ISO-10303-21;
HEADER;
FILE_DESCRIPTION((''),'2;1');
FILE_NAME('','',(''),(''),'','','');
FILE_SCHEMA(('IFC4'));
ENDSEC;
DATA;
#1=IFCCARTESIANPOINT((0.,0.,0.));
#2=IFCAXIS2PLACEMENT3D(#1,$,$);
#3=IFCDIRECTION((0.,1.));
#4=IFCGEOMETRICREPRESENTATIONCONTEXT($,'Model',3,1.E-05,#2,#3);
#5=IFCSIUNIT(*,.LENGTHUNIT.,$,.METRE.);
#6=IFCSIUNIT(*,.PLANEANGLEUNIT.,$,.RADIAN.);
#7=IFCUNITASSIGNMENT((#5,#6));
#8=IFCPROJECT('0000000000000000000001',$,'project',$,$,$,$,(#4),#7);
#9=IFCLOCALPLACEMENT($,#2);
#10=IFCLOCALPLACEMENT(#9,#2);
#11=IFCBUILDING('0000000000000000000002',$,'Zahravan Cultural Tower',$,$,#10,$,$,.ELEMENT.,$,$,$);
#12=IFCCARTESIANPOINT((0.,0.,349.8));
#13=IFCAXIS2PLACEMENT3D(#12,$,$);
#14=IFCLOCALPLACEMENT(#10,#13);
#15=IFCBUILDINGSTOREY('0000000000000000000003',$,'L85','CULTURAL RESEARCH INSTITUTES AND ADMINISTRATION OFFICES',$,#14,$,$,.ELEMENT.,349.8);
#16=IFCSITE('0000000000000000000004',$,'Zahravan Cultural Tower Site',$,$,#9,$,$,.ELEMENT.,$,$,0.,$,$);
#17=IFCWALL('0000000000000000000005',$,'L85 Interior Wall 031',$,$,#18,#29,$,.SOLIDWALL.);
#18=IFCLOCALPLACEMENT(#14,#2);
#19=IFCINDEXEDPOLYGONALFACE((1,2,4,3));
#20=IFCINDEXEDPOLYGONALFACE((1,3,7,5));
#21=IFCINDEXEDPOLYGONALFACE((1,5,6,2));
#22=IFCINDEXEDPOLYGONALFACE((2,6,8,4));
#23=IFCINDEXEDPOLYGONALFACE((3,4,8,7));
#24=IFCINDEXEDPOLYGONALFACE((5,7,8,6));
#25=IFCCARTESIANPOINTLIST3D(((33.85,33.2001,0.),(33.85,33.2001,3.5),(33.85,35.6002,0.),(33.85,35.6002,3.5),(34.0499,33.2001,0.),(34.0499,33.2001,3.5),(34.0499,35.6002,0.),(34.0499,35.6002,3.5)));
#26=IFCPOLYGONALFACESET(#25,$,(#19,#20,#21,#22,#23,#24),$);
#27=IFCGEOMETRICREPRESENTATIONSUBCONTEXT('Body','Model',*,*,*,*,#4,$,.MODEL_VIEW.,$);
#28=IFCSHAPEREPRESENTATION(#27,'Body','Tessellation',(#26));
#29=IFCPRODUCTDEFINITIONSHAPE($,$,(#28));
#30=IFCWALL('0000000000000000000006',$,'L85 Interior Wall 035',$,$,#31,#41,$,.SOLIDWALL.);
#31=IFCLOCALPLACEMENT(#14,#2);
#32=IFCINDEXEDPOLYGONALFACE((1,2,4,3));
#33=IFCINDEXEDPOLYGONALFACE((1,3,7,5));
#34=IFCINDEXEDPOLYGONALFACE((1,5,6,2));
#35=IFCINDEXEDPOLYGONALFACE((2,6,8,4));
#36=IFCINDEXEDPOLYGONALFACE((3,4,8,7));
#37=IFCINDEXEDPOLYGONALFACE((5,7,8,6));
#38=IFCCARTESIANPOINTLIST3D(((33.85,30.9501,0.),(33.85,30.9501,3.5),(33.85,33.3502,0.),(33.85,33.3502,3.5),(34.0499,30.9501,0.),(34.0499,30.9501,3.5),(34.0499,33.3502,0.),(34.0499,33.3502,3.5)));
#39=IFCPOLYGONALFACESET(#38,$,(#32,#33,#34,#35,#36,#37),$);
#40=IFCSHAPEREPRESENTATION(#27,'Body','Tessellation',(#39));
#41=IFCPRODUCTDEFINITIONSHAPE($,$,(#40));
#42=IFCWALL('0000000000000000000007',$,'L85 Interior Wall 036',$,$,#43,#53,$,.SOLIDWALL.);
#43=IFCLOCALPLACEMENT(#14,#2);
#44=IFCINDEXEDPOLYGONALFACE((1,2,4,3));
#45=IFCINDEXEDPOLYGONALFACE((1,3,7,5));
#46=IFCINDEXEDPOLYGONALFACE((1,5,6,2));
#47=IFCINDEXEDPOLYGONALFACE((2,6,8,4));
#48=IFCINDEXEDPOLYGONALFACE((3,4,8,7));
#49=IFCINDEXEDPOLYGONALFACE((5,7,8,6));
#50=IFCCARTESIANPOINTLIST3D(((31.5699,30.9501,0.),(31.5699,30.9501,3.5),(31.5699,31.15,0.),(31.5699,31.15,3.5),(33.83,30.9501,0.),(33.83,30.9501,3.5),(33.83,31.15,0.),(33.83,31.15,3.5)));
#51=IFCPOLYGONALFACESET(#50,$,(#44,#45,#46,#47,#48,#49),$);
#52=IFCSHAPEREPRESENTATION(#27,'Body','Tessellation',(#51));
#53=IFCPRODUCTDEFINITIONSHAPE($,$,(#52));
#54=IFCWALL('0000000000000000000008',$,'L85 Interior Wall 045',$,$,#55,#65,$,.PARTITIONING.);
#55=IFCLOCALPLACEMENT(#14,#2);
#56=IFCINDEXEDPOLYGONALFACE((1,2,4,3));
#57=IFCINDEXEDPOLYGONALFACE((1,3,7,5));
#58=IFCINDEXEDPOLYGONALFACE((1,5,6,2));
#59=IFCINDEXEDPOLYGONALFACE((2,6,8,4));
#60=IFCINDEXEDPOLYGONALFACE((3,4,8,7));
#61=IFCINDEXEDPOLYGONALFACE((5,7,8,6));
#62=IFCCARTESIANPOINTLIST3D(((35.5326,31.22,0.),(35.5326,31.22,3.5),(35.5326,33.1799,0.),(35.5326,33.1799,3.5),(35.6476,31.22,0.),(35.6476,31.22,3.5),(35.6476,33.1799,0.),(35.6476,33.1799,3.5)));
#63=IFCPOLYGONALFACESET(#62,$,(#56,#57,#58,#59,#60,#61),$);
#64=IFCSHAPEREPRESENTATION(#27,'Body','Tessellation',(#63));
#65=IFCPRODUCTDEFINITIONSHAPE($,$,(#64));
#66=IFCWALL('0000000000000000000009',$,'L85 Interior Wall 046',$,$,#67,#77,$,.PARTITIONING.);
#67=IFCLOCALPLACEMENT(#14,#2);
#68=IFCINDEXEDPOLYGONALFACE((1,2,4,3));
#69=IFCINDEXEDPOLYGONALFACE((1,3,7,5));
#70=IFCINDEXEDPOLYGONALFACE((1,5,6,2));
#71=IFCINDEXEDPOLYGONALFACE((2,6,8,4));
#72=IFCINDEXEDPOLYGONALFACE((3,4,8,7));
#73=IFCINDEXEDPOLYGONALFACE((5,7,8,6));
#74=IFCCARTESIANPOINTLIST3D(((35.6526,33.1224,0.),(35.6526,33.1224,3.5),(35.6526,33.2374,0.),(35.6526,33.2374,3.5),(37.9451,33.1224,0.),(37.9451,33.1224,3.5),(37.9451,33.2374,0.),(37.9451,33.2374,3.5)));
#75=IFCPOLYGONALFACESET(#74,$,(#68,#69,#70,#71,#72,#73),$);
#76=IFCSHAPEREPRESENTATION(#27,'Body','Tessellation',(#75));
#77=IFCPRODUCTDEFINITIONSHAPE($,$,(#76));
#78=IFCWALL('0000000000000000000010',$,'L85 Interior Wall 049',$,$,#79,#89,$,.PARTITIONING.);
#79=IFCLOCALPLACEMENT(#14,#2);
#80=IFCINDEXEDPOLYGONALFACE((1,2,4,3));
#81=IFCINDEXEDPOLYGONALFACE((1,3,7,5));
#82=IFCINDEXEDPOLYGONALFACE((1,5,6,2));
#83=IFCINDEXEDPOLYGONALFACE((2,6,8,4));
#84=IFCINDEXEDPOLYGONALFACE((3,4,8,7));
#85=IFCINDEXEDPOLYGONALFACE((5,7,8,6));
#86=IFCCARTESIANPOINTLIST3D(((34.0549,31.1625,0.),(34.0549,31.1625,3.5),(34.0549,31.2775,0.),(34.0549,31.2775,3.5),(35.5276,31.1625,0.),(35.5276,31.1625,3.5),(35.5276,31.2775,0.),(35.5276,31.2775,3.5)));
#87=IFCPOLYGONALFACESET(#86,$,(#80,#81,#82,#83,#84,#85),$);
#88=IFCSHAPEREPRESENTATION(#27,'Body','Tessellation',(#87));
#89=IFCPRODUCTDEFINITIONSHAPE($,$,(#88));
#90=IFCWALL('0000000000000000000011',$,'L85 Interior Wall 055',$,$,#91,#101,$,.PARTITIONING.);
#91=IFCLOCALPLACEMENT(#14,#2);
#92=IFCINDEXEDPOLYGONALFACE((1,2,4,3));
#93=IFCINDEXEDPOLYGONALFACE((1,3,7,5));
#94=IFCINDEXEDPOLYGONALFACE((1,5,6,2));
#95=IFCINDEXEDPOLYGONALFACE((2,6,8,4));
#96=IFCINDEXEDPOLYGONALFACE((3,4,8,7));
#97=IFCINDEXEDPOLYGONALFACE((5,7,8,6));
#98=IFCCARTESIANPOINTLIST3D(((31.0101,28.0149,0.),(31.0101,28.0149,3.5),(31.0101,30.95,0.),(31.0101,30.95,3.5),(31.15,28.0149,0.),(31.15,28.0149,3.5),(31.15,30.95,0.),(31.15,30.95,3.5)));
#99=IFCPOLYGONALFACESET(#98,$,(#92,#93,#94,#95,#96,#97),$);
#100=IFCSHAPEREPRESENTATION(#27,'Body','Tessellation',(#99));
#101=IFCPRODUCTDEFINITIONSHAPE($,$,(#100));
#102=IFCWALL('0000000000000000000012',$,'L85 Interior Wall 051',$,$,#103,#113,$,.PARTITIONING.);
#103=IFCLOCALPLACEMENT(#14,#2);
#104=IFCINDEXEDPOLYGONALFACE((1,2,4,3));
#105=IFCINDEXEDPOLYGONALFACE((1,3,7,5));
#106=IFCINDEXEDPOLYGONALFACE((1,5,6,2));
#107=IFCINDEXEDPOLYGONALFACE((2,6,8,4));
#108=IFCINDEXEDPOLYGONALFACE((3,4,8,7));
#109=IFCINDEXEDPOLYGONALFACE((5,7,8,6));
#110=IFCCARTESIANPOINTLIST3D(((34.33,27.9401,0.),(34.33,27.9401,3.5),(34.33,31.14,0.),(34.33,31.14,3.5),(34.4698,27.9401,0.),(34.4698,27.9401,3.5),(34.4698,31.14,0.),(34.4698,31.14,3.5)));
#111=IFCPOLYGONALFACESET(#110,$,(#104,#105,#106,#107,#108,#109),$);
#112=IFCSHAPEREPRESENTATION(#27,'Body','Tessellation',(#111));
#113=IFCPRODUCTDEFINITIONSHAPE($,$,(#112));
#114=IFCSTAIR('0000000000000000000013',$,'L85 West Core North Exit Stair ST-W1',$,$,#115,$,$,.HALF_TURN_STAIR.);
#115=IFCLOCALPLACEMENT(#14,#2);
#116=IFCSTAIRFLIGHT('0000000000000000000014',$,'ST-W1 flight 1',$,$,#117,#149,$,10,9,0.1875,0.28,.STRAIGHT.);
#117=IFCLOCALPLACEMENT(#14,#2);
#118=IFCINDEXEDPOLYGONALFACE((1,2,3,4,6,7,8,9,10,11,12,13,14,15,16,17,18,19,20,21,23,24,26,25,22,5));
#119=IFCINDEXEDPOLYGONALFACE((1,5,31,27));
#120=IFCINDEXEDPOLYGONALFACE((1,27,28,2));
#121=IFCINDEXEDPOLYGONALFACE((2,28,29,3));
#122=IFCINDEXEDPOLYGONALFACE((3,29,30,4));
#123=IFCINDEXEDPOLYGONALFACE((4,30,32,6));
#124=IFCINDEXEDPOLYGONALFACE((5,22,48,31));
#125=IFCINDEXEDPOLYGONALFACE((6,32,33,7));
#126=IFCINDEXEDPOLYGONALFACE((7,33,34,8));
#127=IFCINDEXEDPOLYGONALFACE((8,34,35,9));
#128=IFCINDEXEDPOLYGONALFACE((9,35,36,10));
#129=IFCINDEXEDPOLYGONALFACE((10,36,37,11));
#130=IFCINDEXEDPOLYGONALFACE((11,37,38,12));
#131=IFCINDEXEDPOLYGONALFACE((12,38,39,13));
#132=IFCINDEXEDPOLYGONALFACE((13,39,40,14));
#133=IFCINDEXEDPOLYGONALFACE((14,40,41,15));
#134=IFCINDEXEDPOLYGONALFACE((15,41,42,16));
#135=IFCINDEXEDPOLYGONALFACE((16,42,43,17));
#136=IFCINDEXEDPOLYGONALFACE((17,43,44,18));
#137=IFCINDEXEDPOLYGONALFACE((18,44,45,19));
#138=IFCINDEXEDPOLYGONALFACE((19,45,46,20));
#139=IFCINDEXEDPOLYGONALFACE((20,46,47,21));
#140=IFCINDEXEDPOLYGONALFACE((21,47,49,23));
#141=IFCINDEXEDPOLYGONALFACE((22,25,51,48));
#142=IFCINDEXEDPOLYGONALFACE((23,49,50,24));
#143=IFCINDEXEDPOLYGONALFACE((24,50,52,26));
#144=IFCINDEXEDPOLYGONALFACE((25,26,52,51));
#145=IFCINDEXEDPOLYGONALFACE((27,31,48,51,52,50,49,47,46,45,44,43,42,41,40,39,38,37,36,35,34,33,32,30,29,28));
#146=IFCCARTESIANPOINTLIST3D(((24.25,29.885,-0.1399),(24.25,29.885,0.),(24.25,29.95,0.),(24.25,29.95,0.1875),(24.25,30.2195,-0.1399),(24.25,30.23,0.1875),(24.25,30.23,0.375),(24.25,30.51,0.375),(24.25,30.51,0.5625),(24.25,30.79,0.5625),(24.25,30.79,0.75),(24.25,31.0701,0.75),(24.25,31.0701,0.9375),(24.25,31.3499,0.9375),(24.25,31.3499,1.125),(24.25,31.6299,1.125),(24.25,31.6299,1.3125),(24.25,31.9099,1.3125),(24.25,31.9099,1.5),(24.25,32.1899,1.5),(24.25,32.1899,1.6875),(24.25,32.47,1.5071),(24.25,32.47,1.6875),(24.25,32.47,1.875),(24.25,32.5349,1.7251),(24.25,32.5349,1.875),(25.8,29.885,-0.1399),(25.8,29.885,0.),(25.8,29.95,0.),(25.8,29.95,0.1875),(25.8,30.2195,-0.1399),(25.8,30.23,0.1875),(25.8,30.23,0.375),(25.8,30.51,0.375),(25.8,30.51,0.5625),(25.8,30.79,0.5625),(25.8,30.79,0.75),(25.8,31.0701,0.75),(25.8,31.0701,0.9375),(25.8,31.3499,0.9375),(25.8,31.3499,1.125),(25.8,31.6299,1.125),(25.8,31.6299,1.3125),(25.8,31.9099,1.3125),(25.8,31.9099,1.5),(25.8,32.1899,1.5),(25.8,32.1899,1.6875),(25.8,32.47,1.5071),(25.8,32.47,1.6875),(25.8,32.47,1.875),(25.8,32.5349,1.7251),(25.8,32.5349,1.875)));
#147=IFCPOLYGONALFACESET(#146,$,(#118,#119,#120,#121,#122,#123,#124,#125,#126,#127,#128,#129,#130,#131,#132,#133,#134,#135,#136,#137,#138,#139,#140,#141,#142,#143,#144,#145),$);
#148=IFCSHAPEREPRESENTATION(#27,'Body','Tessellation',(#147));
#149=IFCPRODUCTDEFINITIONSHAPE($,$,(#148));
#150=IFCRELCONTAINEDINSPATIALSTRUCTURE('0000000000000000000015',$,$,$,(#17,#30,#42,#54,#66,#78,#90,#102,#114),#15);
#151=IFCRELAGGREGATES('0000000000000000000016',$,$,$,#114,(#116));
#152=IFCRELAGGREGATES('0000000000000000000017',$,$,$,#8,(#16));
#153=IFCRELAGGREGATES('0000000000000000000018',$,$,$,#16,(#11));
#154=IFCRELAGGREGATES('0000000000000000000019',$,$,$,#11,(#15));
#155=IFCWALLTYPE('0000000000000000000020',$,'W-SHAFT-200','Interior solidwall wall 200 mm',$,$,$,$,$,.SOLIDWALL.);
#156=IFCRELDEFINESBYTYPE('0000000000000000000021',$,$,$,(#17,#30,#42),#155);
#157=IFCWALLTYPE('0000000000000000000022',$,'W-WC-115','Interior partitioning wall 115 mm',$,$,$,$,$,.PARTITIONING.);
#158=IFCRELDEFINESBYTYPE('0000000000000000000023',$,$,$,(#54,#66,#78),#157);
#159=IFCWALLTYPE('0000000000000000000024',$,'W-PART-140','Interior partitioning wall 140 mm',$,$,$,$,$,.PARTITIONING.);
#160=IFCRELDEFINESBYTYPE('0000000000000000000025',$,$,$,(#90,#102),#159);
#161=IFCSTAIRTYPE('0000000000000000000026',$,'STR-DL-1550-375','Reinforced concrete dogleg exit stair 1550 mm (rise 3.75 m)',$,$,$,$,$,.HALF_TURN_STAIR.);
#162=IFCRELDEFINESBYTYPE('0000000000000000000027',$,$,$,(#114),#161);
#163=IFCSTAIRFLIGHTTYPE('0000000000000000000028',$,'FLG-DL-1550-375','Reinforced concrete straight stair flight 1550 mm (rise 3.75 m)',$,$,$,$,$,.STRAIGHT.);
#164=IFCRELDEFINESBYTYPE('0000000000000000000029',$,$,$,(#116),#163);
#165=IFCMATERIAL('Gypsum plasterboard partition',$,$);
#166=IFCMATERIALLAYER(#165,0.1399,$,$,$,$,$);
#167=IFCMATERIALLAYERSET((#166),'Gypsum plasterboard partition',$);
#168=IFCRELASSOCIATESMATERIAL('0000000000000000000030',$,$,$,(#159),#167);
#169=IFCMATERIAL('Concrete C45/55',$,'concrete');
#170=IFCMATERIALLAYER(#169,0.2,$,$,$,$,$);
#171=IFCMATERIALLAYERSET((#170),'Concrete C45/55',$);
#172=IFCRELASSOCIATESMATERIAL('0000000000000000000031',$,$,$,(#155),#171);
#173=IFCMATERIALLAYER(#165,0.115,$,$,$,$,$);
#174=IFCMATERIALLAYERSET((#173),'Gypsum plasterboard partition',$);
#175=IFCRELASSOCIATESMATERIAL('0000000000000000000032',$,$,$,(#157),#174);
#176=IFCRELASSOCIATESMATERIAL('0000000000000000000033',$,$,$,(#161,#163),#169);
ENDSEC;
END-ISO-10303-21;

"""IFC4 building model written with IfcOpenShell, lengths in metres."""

from ifc_helpers import new_model, si_unit, direction, frame, frame_2d, origin, place, context, subcontext, project, spatial, polyline, rectangle, outline, extrude, source, transform, mapped, material, layer, layer_set, type_object, element, aggregate, save


model = new_model("IFC4")

# Units and contexts
model_context = context("Model", 3, precision=1e-05, world=origin(), true_north=direction((0.0, 1.0)))
body_context = subcontext(model_context, "Body", "Model", "MODEL_VIEW")
ifc_project = project(units=[si_unit("LENGTHUNIT", "METRE"), si_unit("PLANEANGLEUNIT", "RADIAN")], contexts=[model_context])

# Site, building, storey
site_placement = place(None, origin())
site = spatial("IfcSite", under=ifc_project, at=site_placement, Name="Zahravan Cultural Tower Site", CompositionType="ELEMENT", RefElevation=0.0)
building_placement = place(site_placement, origin())
building = spatial("IfcBuilding", under=site, at=building_placement, Name="Zahravan Cultural Tower", CompositionType="ELEMENT")
storey_placement = place(building_placement, frame((0.0, 0.0, 349.8)))
storey = spatial("IfcBuildingStorey", under=building, at=storey_placement, Name="L85", Description="CULTURAL RESEARCH INSTITUTES AND ADMINISTRATION OFFICES", CompositionType="ELEMENT", Elevation=349.8)

# Shared definitions
ifc_material_1 = material(Name="Gypsum plasterboard partition")
ifc_layer_1 = layer(ifc_material_1, 0.1399)
ifc_layer_set_1 = layer_set([ifc_layer_1], Name="Gypsum plasterboard partition")
wall_type_1 = type_object("IfcWallType", Name="W-PART-140", Description="Interior partitioning wall 140 mm", PredefinedType="PARTITIONING", material=ifc_layer_set_1)
ifc_material_2 = material(Name="Concrete C45/55", Category="concrete")
ifc_layer_2 = layer(ifc_material_2, 0.2)
ifc_layer_set_2 = layer_set([ifc_layer_2], Name="Concrete C45/55")
wall_type_2 = type_object("IfcWallType", Name="W-SHAFT-200", Description="Interior solidwall wall 200 mm", PredefinedType="SOLIDWALL", material=ifc_layer_set_2)

# Walls
shared_shape_1 = source(origin(), body_context, "Body", "SweptSolid", [
    extrude(rectangle(XDim=2.4001, YDim=0.2, at=frame_2d((1.2002, 0.0))), origin(), (0.0, 0.0, 1.0), 3.5),
])
for number, where, z_axis, x_axis, name in (
    (1, (33.95, 33.2, 0.0), (0.0, 0.0, 1.0), (0.0, 1.0, 0.0), "L85 Interior Wall 031"),
    (2, (33.95, 30.95, 0.0), (0.0, 0.0, 1.0), (0.0, 1.0, 0.0), "L85 Interior Wall 035"),
):
    element("IfcWall", number, at=place(storey_placement, frame(where, z_axis=z_axis, x_axis=x_axis)), inside=storey, type_object=wall_type_2, Name=name, PredefinedType="SOLIDWALL", context=body_context, shape_type="MappedRepresentation", body=[
        mapped(shared_shape_1, transform((0.0, 0.0, 0.0), x_axis=(1.0, 0.0, 0.0), y_axis=(0.0, 1.0, 0.0), z_axis=(0.0, 0.0, 1.0), scale=1.0)),
    ])
shared_shape_2 = source(origin(), body_context, "Body", "SweptSolid", [
    extrude(rectangle(XDim=2.26, YDim=0.2, at=frame_2d((1.1299, 0.0))), origin(), (0.0, 0.0, 1.0), 3.5),
])
wall_1_placement = place(storey_placement, frame((31.5701, 31.05, 0.0), z_axis=(0.0, 0.0, 1.0), x_axis=(1.0, 0.0, 0.0)))
element("IfcWall", 3, at=wall_1_placement, inside=storey, type_object=wall_type_2, Name="L85 Interior Wall 036", PredefinedType="SOLIDWALL", context=body_context, shape_type="MappedRepresentation", body=[
    mapped(shared_shape_2, transform((0.0, 0.0, 0.0), x_axis=(1.0, 0.0, 0.0), y_axis=(0.0, 1.0, 0.0), z_axis=(0.0, 0.0, 1.0), scale=1.0)),
])
ifc_layer_3 = layer(ifc_material_1, 0.115)
ifc_layer_set_3 = layer_set([ifc_layer_3], Name="Gypsum plasterboard partition")
wall_type_3 = type_object("IfcWallType", Name="W-WC-115", Description="Interior partitioning wall 115 mm", PredefinedType="PARTITIONING", material=ifc_layer_set_3)
shared_shape_3 = source(origin(), body_context, "Body", "SweptSolid", [
    extrude(rectangle(XDim=1.96, YDim=0.115, at=frame_2d((0.98, 0.0))), origin(), (0.0, 0.0, 1.0), 3.5),
])
wall_2_placement = place(storey_placement, frame((35.5901, 31.22, 0.0), z_axis=(0.0, 0.0, 1.0), x_axis=(0.0, 1.0, 0.0)))
element("IfcWall", 4, at=wall_2_placement, inside=storey, type_object=wall_type_3, Name="L85 Interior Wall 045", PredefinedType="PARTITIONING", context=body_context, shape_type="MappedRepresentation", body=[
    mapped(shared_shape_3, transform((0.0, 0.0, 0.0), x_axis=(1.0, 0.0, 0.0), y_axis=(0.0, 1.0, 0.0), z_axis=(0.0, 0.0, 1.0), scale=1.0)),
])
shared_shape_4 = source(origin(), body_context, "Body", "SweptSolid", [
    extrude(rectangle(XDim=2.2925, YDim=0.115, at=frame_2d((1.1462, 0.0))), origin(), (0.0, 0.0, 1.0), 3.5),
])
wall_3_placement = place(storey_placement, frame((35.6526, 33.1799, 0.0), z_axis=(0.0, 0.0, 1.0), x_axis=(1.0, 0.0, 0.0)))
element("IfcWall", 5, at=wall_3_placement, inside=storey, type_object=wall_type_3, Name="L85 Interior Wall 046", PredefinedType="PARTITIONING", context=body_context, shape_type="MappedRepresentation", body=[
    mapped(shared_shape_4, transform((0.0, 0.0, 0.0), x_axis=(1.0, 0.0, 0.0), y_axis=(0.0, 1.0, 0.0), z_axis=(0.0, 0.0, 1.0), scale=1.0)),
])
shared_shape_5 = source(origin(), body_context, "Body", "SweptSolid", [
    extrude(rectangle(XDim=1.4727, YDim=0.115, at=frame_2d((0.7363, 0.0))), origin(), (0.0, 0.0, 1.0), 3.5),
])
wall_4_placement = place(storey_placement, frame((35.5276, 31.22, 0.0), z_axis=(0.0, 0.0, 1.0), x_axis=(-1.0, 0.0, 0.0)))
element("IfcWall", 6, at=wall_4_placement, inside=storey, type_object=wall_type_3, Name="L85 Interior Wall 049", PredefinedType="PARTITIONING", context=body_context, shape_type="MappedRepresentation", body=[
    mapped(shared_shape_5, transform((0.0, 0.0, 0.0), x_axis=(1.0, 0.0, 0.0), y_axis=(0.0, 1.0, 0.0), z_axis=(0.0, 0.0, 1.0), scale=1.0)),
])
shared_shape_6 = source(origin(), body_context, "Body", "SweptSolid", [
    extrude(rectangle(XDim=2.9351, YDim=0.1399, at=frame_2d((1.4675, 0.0))), origin(), (0.0, 0.0, 1.0), 3.5),
])
wall_5_placement = place(storey_placement, frame((31.0801, 28.0149, 0.0), z_axis=(0.0, 0.0, 1.0), x_axis=(0.0, 1.0, 0.0)))
element("IfcWall", 7, at=wall_5_placement, inside=storey, type_object=wall_type_1, Name="L85 Interior Wall 055", PredefinedType="PARTITIONING", context=body_context, shape_type="MappedRepresentation", body=[
    mapped(shared_shape_6, transform((0.0, 0.0, 0.0), x_axis=(1.0, 0.0, 0.0), y_axis=(0.0, 1.0, 0.0), z_axis=(0.0, 0.0, 1.0), scale=1.0)),
])
shared_shape_7 = source(origin(), body_context, "Body", "SweptSolid", [
    extrude(rectangle(XDim=3.2, YDim=0.1399, at=frame_2d((1.6001, 0.0))), origin(), (0.0, 0.0, 1.0), 3.5),
])
wall_6_placement = place(storey_placement, frame((34.3999, 27.9399, 0.0), z_axis=(0.0, 0.0, 1.0), x_axis=(0.0, 1.0, 0.0)))
element("IfcWall", 8, at=wall_6_placement, inside=storey, type_object=wall_type_1, Name="L85 Interior Wall 051", PredefinedType="PARTITIONING", context=body_context, shape_type="MappedRepresentation", body=[
    mapped(shared_shape_7, transform((0.0, 0.0, 0.0), x_axis=(1.0, 0.0, 0.0), y_axis=(0.0, 1.0, 0.0), z_axis=(0.0, 0.0, 1.0), scale=1.0)),
])

# Stair, stair flight
stair_type = type_object("IfcStairType", Name="STR-DL-1550-375", Description="Reinforced concrete dogleg exit stair 1550 mm (rise 3.75 m)", PredefinedType="HALF_TURN_STAIR", material=ifc_material_2)
stair_placement = place(storey_placement, origin())
stair = element("IfcStair", 9, at=stair_placement, inside=storey, type_object=stair_type, Name="L85 West Core North Exit Stair ST-W1", PredefinedType="HALF_TURN_STAIR")
stair_flight_type = type_object("IfcStairFlightType", Name="FLG-DL-1550-375", Description="Reinforced concrete straight stair flight 1550 mm (rise 3.75 m)", PredefinedType="STRAIGHT", material=ifc_material_2)
stair_flight_placement = place(storey_placement, frame((25.0249, 29.95, 0.0), z_axis=(0.0, 0.0, 1.0), x_axis=(0.0, 1.0, 0.0)))
stair_flight = element("IfcStairFlight", 10, at=stair_flight_placement, type_object=stair_flight_type, Name="ST-W1 flight 1", NumberOfRisers=10, NumberOfTreads=9, PredefinedType="STRAIGHT", RiserHeight=0.1875, TreadLength=0.28, context=body_context, shape_type="SweptSolid", body=[
    extrude(outline(polyline([(-0.0649, -0.1399), (-0.0649, 0.0), (0.0, 0.0), (0.0, 0.1875), (0.28, 0.1875), (0.28, 0.375), (0.5601, 0.375), (0.5601, 0.5625), (0.8401, 0.5625), (0.8401, 0.75), (1.1201, 0.75), (1.1201, 0.9375), (1.3999, 0.9375), (1.3999, 1.125), (1.6799, 1.125), (1.6799, 1.3125), (1.96, 1.3125), (1.96, 1.5), (2.24, 1.5), (2.24, 1.6875), (2.52, 1.6875), (2.52, 1.875), (2.585, 1.875), (2.585, 1.7251), (2.52, 1.5071), (0.2695, -0.1399), (-0.0649, -0.1399)])), frame((0.0, 0.7749, 0.0), z_axis=(0.0, -1.0, 0.0), x_axis=(1.0, 0.0, 0.0)), (0.0, 0.0, 1.0), 1.55),
])
aggregate(stair, [stair_flight])

save(model, "model.ifc")
